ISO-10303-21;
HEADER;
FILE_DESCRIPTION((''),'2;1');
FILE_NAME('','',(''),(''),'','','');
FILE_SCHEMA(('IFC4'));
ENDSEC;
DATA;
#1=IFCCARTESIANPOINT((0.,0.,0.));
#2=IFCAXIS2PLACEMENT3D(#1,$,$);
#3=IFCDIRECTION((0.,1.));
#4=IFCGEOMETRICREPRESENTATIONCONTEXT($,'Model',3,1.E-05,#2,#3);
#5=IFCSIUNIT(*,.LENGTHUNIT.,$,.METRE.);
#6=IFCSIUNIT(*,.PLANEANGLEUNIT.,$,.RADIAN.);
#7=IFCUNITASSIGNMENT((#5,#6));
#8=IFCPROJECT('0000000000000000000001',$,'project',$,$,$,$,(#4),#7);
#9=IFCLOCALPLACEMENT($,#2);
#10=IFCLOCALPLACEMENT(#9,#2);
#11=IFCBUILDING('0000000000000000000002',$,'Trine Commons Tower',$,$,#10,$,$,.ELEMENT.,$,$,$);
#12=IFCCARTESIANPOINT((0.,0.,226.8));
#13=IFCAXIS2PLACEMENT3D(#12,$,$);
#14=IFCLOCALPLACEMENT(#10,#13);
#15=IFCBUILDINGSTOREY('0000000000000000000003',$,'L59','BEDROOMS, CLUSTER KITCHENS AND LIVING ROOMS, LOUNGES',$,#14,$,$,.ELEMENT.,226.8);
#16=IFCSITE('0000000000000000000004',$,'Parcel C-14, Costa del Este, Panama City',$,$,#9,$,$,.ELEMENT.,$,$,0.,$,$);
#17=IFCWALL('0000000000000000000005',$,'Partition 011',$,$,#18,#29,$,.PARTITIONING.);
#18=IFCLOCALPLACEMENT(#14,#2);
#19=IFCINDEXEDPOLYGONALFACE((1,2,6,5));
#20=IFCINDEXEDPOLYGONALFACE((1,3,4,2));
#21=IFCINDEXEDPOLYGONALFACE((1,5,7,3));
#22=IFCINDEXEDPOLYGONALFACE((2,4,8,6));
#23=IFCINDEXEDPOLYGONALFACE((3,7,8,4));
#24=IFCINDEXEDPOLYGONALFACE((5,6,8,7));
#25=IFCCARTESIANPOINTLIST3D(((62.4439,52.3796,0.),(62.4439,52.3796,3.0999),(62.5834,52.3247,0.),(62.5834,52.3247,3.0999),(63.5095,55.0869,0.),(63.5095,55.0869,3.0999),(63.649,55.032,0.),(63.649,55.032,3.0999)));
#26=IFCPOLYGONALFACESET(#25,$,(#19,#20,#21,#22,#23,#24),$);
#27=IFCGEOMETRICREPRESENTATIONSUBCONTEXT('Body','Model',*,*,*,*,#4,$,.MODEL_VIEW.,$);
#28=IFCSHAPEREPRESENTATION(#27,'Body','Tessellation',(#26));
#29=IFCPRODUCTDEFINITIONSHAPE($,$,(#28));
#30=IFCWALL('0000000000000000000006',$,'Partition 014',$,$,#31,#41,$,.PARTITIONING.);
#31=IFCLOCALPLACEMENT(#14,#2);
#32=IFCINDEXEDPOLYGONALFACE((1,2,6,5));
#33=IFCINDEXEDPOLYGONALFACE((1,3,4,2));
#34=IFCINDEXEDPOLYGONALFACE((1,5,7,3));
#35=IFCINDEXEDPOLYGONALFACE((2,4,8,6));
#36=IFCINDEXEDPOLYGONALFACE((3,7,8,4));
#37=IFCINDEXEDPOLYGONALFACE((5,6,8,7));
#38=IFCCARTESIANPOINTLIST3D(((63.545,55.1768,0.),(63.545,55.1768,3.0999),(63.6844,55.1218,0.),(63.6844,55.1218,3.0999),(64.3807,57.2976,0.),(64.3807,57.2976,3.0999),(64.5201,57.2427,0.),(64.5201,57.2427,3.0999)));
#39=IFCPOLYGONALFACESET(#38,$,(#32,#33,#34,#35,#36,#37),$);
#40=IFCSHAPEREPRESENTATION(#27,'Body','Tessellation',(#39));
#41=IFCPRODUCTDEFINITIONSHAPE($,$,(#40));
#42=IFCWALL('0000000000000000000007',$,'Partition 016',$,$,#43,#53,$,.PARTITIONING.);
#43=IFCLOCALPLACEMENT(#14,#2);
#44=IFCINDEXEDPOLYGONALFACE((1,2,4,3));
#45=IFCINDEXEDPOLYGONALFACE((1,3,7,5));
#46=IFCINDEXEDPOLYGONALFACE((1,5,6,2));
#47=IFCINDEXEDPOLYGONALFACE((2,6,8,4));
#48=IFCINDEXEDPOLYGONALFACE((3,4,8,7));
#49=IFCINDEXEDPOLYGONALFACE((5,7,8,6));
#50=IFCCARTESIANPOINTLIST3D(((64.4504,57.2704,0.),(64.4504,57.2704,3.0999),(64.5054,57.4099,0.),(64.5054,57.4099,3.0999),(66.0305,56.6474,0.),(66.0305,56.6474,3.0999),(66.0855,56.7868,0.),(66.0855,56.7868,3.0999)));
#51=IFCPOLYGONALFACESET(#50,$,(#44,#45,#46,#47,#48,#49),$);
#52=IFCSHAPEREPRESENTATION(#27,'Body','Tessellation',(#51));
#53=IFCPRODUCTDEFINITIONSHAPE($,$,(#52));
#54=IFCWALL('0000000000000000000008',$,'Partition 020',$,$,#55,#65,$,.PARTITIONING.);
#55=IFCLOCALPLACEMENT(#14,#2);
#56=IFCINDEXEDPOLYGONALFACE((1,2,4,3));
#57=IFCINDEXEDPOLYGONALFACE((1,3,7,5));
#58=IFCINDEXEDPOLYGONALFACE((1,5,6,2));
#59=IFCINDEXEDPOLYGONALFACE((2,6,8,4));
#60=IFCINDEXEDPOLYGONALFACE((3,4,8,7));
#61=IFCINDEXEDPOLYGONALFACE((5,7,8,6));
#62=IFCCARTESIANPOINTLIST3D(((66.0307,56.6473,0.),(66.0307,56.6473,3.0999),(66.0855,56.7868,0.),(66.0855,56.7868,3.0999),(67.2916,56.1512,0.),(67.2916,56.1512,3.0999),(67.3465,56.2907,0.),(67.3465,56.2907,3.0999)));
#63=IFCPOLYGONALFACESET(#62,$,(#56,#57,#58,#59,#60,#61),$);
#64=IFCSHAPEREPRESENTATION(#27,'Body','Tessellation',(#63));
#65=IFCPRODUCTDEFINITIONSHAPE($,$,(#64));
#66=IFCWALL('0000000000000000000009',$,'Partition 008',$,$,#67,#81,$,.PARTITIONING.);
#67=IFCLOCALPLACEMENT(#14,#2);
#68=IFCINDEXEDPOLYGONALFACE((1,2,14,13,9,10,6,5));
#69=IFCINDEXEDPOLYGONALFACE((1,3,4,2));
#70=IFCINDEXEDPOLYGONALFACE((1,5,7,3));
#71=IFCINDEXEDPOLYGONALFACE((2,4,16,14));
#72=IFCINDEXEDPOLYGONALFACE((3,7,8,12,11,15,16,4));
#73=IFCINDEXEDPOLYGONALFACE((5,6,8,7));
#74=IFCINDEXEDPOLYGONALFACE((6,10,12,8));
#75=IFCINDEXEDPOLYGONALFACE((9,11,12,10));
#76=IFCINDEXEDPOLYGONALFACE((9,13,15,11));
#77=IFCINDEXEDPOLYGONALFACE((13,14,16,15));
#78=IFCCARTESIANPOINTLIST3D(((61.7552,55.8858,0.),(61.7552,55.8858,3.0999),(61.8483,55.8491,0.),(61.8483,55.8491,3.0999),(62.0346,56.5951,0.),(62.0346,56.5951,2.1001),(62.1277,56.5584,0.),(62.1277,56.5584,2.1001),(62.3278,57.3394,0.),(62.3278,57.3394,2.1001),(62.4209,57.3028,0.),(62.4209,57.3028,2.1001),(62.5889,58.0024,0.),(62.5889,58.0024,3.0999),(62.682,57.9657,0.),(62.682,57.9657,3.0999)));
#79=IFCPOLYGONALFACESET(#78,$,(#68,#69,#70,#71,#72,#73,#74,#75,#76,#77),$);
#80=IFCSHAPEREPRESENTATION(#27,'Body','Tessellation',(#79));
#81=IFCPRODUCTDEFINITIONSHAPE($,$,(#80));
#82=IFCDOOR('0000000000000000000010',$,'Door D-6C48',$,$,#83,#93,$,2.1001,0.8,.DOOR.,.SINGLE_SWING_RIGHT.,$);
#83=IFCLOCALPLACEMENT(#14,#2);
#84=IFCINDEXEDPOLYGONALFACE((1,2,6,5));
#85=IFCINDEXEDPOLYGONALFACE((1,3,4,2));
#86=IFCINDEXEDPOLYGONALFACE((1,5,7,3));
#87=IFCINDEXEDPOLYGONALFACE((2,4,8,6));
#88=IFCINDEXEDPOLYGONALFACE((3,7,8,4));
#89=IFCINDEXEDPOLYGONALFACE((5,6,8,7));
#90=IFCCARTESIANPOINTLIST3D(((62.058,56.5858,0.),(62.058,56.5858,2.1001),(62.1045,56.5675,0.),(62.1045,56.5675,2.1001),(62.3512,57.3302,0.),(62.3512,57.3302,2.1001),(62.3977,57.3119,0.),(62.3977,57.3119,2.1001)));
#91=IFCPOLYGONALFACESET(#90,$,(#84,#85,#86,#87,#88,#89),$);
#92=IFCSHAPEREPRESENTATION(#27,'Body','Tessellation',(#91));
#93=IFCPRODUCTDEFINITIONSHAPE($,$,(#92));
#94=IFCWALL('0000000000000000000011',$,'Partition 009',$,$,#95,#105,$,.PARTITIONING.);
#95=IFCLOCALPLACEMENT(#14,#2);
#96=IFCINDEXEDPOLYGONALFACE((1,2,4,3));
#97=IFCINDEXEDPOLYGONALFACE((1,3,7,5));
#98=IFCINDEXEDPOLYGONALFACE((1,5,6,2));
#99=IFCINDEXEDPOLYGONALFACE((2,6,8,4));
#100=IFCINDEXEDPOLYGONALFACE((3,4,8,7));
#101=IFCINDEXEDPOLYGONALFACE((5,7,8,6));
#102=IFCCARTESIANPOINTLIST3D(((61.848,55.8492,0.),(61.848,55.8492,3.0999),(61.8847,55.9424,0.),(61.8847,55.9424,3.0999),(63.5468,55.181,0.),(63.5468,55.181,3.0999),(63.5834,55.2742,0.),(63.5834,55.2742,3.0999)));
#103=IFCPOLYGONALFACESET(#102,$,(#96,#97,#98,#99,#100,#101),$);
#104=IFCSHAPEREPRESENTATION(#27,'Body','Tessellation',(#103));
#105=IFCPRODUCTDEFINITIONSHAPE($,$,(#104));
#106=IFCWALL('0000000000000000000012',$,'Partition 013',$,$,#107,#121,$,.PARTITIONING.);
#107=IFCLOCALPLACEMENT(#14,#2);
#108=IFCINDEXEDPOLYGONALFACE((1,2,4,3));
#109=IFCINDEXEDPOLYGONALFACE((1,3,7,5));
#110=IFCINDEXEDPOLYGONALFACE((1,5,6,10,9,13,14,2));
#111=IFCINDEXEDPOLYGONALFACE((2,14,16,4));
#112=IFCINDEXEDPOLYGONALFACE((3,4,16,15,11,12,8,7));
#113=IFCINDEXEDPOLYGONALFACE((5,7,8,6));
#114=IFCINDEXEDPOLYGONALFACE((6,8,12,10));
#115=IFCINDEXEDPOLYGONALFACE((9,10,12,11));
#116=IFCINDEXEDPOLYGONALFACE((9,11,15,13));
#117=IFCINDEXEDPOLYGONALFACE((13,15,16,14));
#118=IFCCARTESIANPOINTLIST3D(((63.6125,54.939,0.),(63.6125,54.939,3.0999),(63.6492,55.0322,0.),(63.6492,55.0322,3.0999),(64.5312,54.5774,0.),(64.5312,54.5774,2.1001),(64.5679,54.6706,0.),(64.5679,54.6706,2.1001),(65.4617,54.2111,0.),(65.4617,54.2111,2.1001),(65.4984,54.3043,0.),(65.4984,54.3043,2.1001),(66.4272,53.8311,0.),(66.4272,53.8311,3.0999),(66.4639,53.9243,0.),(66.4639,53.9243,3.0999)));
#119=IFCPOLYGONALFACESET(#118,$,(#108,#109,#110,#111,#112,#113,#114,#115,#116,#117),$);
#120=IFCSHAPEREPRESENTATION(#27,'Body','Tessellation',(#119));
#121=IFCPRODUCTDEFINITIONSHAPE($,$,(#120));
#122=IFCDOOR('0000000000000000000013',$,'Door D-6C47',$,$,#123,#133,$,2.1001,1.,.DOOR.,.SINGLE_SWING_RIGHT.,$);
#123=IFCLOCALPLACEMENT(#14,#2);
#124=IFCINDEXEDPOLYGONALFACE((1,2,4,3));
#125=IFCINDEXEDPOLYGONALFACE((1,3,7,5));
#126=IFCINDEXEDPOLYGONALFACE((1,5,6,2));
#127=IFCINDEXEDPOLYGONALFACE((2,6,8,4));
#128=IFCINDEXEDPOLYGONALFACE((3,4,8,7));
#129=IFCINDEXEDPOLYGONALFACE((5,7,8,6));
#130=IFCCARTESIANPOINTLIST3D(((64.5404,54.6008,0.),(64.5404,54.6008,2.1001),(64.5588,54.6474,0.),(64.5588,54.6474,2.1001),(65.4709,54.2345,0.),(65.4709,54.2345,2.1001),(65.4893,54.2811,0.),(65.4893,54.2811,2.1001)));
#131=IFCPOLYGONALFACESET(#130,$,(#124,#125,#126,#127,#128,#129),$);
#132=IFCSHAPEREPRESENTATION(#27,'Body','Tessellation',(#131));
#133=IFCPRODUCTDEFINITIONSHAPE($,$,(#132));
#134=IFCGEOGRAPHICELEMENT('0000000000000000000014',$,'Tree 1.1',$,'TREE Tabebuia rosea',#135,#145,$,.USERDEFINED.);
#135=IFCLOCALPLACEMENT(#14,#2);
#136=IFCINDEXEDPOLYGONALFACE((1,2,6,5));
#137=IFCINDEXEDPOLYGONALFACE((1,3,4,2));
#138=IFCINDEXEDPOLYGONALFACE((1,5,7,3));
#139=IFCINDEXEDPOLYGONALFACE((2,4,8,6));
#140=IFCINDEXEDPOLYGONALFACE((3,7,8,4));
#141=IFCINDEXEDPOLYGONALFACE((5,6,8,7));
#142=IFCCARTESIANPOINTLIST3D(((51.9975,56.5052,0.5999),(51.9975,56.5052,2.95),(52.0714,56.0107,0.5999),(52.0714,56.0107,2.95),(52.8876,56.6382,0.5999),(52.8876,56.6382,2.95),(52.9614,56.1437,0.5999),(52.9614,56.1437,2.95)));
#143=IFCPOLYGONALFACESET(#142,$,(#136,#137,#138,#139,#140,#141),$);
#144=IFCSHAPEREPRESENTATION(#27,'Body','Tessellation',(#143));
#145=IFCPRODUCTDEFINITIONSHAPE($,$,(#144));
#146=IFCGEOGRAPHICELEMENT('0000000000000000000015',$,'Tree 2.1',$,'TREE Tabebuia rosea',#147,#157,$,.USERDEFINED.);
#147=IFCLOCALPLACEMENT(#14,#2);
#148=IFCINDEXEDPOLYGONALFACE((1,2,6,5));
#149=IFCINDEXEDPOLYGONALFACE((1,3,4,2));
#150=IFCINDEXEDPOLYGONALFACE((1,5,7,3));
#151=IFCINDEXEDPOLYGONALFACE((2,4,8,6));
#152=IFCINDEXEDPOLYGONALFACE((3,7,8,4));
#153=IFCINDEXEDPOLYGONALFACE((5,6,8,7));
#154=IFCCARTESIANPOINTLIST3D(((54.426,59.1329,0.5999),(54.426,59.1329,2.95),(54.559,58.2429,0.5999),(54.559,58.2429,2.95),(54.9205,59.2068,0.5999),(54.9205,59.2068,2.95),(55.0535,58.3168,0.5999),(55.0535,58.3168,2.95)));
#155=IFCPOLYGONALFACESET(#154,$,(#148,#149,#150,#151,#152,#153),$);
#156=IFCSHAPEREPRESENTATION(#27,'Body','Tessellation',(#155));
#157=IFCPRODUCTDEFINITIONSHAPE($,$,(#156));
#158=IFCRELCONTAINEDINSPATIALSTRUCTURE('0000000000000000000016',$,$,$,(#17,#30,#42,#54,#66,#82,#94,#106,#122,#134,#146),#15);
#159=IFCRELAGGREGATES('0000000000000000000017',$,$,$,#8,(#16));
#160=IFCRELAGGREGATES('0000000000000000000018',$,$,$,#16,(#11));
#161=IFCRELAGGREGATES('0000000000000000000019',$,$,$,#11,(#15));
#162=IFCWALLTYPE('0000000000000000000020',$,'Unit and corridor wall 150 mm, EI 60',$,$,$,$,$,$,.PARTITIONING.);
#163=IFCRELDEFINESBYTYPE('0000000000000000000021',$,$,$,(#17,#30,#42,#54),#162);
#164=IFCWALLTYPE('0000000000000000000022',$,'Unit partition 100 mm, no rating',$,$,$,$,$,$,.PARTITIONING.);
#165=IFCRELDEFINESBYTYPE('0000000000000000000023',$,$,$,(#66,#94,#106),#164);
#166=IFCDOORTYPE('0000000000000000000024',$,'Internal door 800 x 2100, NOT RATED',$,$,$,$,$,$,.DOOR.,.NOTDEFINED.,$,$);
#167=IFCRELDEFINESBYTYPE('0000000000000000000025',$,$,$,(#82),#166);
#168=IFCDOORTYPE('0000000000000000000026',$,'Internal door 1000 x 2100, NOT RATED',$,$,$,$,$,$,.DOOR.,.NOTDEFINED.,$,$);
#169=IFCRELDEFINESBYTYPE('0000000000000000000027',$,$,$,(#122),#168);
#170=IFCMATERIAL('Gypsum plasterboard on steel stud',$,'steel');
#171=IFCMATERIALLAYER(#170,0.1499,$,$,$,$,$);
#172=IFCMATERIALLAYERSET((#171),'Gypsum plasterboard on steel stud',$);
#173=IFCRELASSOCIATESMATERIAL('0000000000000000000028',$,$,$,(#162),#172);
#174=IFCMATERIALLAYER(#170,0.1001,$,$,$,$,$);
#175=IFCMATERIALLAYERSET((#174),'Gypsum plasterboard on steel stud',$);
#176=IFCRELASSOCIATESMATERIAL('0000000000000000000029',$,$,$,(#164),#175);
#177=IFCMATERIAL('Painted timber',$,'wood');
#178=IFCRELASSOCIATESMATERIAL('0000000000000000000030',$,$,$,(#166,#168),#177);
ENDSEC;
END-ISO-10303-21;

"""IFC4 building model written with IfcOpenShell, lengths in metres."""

from ifc_helpers import new_model, si_unit, direction, frame, frame_2d, origin, origin_2d, place, context, subcontext, project, spatial, rectangle, extrude, material, layer, layer_set, type_object, element, fill, save


model = new_model("IFC4")

# Units and contexts
model_context = context("Model", 3, precision=1e-05, world=origin(), true_north=direction((0.0, 1.0)))
body_context = subcontext(model_context, "Body", "Model", "MODEL_VIEW")
ifc_project = project(units=[si_unit("LENGTHUNIT", "METRE"), si_unit("PLANEANGLEUNIT", "RADIAN")], contexts=[model_context])

# Site, building, storey
site_placement = place(None, origin())
site = spatial("IfcSite", under=ifc_project, at=site_placement, Name="Parcel C-14, Costa del Este, Panama City", CompositionType="ELEMENT", RefElevation=0.0)
building_placement = place(site_placement, origin())
building = spatial("IfcBuilding", under=site, at=building_placement, Name="Trine Commons Tower", CompositionType="ELEMENT")
storey_placement = place(building_placement, frame((0.0, 0.0, 226.8)))
storey = spatial("IfcBuildingStorey", under=building, at=storey_placement, Name="L59", Description="BEDROOMS, CLUSTER KITCHENS AND LIVING ROOMS, LOUNGES", CompositionType="ELEMENT", Elevation=226.8)

# Shared definitions
ifc_material_1 = material(Name="Gypsum plasterboard on steel stud", Category="steel")
ifc_layer_1 = layer(ifc_material_1, 0.1499)
ifc_layer_set_1 = layer_set([ifc_layer_1], Name="Gypsum plasterboard on steel stud")
wall_type_1 = type_object("IfcWallType", Name="Unit and corridor wall 150 mm, EI 60", PredefinedType="PARTITIONING", material=ifc_layer_set_1)

# Walls
wall_1_placement = place(storey_placement, frame((62.5137, 52.3523, 0.0), z_axis=(0.0, 0.0, 1.0), x_axis=(0.366278, 0.930505, 0.0)))
element("IfcWall", 1, at=wall_1_placement, inside=storey, type_object=wall_type_1, Name="Partition 011", PredefinedType="PARTITIONING", context=body_context, shape_type="SweptSolid", body=[
    extrude(rectangle(XDim=2.9094, YDim=0.1499, at=frame_2d((1.4546, 0.0))), origin(), (0.0, 0.0, 1.0), 3.0999),
])
wall_2_placement = place(storey_placement, frame((63.6147, 55.1494, 0.0), z_axis=(0.0, 0.0, 1.0), x_axis=(0.366603, 0.930377, 0.0)))
element("IfcWall", 2, at=wall_2_placement, inside=storey, type_object=wall_type_1, Name="Partition 014", PredefinedType="PARTITIONING", context=body_context, shape_type="SweptSolid", body=[
    extrude(rectangle(XDim=2.2795, YDim=0.1499, at=frame_2d((1.1396, 0.0))), origin(), (0.0, 0.0, 1.0), 3.0999),
])
wall_3_placement = place(storey_placement, frame((64.478, 57.3401, 0.0), z_axis=(0.0, 0.0, 1.0), x_axis=(0.93029, -0.366826, 0.0)))
element("IfcWall", 3, at=wall_3_placement, inside=storey, type_object=wall_type_1, Name="Partition 016", PredefinedType="PARTITIONING", context=body_context, shape_type="SweptSolid", body=[
    extrude(rectangle(XDim=1.6985, YDim=0.1499, at=frame_2d((0.8491, 0.0))), origin(), (0.0, 0.0, 1.0), 3.0999),
])
wall_4_placement = place(storey_placement, frame((66.0581, 56.717, 0.0), z_axis=(0.0, 0.0, 1.0), x_axis=(0.930574, -0.366104, 0.0)))
element("IfcWall", 4, at=wall_4_placement, inside=storey, type_object=wall_type_1, Name="Partition 020", PredefinedType="PARTITIONING", context=body_context, shape_type="SweptSolid", body=[
    extrude(rectangle(XDim=1.355, YDim=0.1499, at=frame_2d((0.6775, 0.0))), origin(), (0.0, 0.0, 1.0), 3.0999),
])

# Wall, opening, door
ifc_layer_2 = layer(ifc_material_1, 0.1001)
ifc_layer_set_2 = layer_set([ifc_layer_2], Name="Gypsum plasterboard on steel stud")
wall_type_2 = type_object("IfcWallType", Name="Unit partition 100 mm, no rating", PredefinedType="PARTITIONING", material=ifc_layer_set_2)
wall_5_placement = place(storey_placement, frame((61.8018, 55.8674, 0.0), z_axis=(0.0, 0.0, 1.0), x_axis=(0.366482, 0.930425, 0.0)))
wall_5 = element("IfcWall", 5, at=wall_5_placement, inside=storey, type_object=wall_type_2, Name="Partition 008", PredefinedType="PARTITIONING", context=body_context, shape_type="SweptSolid", body=[
    extrude(rectangle(XDim=2.2749, YDim=0.1001, at=frame_2d((1.1375, 0.0))), origin(), (0.0, 0.0, 1.0), 3.0999),
])
opening_1_placement = place(wall_5_placement, frame((0.7625, 0.0, 0.0)))
opening_1 = element("IfcOpeningElement", 6, at=opening_1_placement, cuts=wall_5, PredefinedType="OPENING", context=body_context, shape_type="SweptSolid", body=[
    extrude(rectangle(XDim=0.8, YDim=2.1001, at=frame_2d((0.3999, 1.05))), frame((0.0, 0.0601, 0.0), z_axis=(0.0, -1.0, 0.0), x_axis=(1.0, 0.0, 0.0)), (0.0, 0.0, 1.0), 0.1201),
])
ifc_material_2 = material(Name="Painted timber", Category="wood")
door_type_1 = type_object("IfcDoorType", Name="Internal door 800 x 2100, NOT RATED", OperationType="NOTDEFINED", PredefinedType="DOOR", material=ifc_material_2)
door_1_placement = place(opening_1_placement, origin())
door_1 = element("IfcDoor", 7, at=door_1_placement, inside=storey, type_object=door_type_1, Name="Door D-6C48", OperationType="SINGLE_SWING_RIGHT", OverallHeight=2.1001, OverallWidth=0.8, PredefinedType="DOOR", context=body_context, shape_type="SweptSolid", body=[
    extrude(rectangle(XDim=0.8, YDim=2.1001, at=frame_2d((0.3999, 1.05))), frame((0.0, 0.0249, 0.0), z_axis=(0.0, -1.0, 0.0), x_axis=(1.0, 0.0, 0.0)), (0.0, 0.0, 1.0), 0.05),
])
fill(opening_1, door_1)

# Wall
wall_6_placement = place(storey_placement, frame((61.8665, 55.8958, 0.0), z_axis=(0.0, 0.0, 1.0), x_axis=(0.930592, -0.366058, 0.0)))
element("IfcWall", 8, at=wall_6_placement, inside=storey, type_object=wall_type_2, Name="Partition 009", PredefinedType="PARTITIONING", context=body_context, shape_type="SweptSolid", body=[
    extrude(rectangle(XDim=1.8254, YDim=0.1001, at=frame_2d((0.9126, 0.0))), origin(), (0.0, 0.0, 1.0), 3.0999),
])

# Wall, opening, door
wall_7_placement = place(storey_placement, frame((63.6309, 54.9856, 0.0), z_axis=(0.0, 0.0, 1.0), x_axis=(0.930511, -0.366264, 0.0)))
wall_7 = element("IfcWall", 9, at=wall_7_placement, inside=storey, type_object=wall_type_2, Name="Partition 013", PredefinedType="PARTITIONING", context=body_context, shape_type="SweptSolid", body=[
    extrude(rectangle(XDim=3.0249, YDim=0.1001, at=frame_2d((1.5125, 0.0))), origin(), (0.0, 0.0, 1.0), 3.0999),
])
opening_2_placement = place(wall_7_placement, frame((0.9873, 0.0, 0.0)))
opening_2 = element("IfcOpeningElement", 10, at=opening_2_placement, cuts=wall_7, PredefinedType="OPENING", context=body_context, shape_type="SweptSolid", body=[
    extrude(rectangle(XDim=1.0, YDim=2.1001, at=frame_2d((0.5, 1.05))), frame((0.0, 0.0601, 0.0), z_axis=(0.0, -1.0, 0.0), x_axis=(1.0, 0.0, 0.0)), (0.0, 0.0, 1.0), 0.1201),
])
door_type_2 = type_object("IfcDoorType", Name="Internal door 1000 x 2100, NOT RATED", OperationType="NOTDEFINED", PredefinedType="DOOR", material=ifc_material_2)
door_2_placement = place(opening_2_placement, frame((1.0, 0.0, 0.0), z_axis=(0.0, 0.0, 1.0), x_axis=(-1.0, 0.0, 0.0)))
door_2 = element("IfcDoor", 11, at=door_2_placement, inside=storey, type_object=door_type_2, Name="Door D-6C47", OperationType="SINGLE_SWING_RIGHT", OverallHeight=2.1001, OverallWidth=1.0, PredefinedType="DOOR", context=body_context, shape_type="SweptSolid", body=[
    extrude(rectangle(XDim=1.0, YDim=2.1001, at=frame_2d((0.5, 1.05))), frame((0.0, 0.0249, 0.0), z_axis=(0.0, -1.0, 0.0), x_axis=(1.0, 0.0, 0.0)), (0.0, 0.0, 1.0), 0.05),
])
fill(opening_2, door_2)

# Geographic elements
for number, where, z_axis, x_axis, name in (
    (12, (52.4795, 56.3245, 0.5999), (0.0, 0.0, 1.0), (0.989019, 0.14779, 0.0), "Tree 1.1"),
    (13, (54.7397, 58.7249, 0.5999), (0.0, 0.0, 1.0), (-0.147813, 0.989015, 0.0), "Tree 2.1"),
):
    element("IfcGeographicElement", number, at=place(storey_placement, frame(where, z_axis=z_axis, x_axis=x_axis)), inside=storey, Name=name, ObjectType="TREE Tabebuia rosea", PredefinedType="USERDEFINED", context=body_context, shape_type="SweptSolid", body=[
        extrude(rectangle(XDim=0.8999, YDim=0.5, at=origin_2d()), origin(), (0.0, 0.0, 1.0), 2.3501),
    ])

save(model, "model.ifc")
